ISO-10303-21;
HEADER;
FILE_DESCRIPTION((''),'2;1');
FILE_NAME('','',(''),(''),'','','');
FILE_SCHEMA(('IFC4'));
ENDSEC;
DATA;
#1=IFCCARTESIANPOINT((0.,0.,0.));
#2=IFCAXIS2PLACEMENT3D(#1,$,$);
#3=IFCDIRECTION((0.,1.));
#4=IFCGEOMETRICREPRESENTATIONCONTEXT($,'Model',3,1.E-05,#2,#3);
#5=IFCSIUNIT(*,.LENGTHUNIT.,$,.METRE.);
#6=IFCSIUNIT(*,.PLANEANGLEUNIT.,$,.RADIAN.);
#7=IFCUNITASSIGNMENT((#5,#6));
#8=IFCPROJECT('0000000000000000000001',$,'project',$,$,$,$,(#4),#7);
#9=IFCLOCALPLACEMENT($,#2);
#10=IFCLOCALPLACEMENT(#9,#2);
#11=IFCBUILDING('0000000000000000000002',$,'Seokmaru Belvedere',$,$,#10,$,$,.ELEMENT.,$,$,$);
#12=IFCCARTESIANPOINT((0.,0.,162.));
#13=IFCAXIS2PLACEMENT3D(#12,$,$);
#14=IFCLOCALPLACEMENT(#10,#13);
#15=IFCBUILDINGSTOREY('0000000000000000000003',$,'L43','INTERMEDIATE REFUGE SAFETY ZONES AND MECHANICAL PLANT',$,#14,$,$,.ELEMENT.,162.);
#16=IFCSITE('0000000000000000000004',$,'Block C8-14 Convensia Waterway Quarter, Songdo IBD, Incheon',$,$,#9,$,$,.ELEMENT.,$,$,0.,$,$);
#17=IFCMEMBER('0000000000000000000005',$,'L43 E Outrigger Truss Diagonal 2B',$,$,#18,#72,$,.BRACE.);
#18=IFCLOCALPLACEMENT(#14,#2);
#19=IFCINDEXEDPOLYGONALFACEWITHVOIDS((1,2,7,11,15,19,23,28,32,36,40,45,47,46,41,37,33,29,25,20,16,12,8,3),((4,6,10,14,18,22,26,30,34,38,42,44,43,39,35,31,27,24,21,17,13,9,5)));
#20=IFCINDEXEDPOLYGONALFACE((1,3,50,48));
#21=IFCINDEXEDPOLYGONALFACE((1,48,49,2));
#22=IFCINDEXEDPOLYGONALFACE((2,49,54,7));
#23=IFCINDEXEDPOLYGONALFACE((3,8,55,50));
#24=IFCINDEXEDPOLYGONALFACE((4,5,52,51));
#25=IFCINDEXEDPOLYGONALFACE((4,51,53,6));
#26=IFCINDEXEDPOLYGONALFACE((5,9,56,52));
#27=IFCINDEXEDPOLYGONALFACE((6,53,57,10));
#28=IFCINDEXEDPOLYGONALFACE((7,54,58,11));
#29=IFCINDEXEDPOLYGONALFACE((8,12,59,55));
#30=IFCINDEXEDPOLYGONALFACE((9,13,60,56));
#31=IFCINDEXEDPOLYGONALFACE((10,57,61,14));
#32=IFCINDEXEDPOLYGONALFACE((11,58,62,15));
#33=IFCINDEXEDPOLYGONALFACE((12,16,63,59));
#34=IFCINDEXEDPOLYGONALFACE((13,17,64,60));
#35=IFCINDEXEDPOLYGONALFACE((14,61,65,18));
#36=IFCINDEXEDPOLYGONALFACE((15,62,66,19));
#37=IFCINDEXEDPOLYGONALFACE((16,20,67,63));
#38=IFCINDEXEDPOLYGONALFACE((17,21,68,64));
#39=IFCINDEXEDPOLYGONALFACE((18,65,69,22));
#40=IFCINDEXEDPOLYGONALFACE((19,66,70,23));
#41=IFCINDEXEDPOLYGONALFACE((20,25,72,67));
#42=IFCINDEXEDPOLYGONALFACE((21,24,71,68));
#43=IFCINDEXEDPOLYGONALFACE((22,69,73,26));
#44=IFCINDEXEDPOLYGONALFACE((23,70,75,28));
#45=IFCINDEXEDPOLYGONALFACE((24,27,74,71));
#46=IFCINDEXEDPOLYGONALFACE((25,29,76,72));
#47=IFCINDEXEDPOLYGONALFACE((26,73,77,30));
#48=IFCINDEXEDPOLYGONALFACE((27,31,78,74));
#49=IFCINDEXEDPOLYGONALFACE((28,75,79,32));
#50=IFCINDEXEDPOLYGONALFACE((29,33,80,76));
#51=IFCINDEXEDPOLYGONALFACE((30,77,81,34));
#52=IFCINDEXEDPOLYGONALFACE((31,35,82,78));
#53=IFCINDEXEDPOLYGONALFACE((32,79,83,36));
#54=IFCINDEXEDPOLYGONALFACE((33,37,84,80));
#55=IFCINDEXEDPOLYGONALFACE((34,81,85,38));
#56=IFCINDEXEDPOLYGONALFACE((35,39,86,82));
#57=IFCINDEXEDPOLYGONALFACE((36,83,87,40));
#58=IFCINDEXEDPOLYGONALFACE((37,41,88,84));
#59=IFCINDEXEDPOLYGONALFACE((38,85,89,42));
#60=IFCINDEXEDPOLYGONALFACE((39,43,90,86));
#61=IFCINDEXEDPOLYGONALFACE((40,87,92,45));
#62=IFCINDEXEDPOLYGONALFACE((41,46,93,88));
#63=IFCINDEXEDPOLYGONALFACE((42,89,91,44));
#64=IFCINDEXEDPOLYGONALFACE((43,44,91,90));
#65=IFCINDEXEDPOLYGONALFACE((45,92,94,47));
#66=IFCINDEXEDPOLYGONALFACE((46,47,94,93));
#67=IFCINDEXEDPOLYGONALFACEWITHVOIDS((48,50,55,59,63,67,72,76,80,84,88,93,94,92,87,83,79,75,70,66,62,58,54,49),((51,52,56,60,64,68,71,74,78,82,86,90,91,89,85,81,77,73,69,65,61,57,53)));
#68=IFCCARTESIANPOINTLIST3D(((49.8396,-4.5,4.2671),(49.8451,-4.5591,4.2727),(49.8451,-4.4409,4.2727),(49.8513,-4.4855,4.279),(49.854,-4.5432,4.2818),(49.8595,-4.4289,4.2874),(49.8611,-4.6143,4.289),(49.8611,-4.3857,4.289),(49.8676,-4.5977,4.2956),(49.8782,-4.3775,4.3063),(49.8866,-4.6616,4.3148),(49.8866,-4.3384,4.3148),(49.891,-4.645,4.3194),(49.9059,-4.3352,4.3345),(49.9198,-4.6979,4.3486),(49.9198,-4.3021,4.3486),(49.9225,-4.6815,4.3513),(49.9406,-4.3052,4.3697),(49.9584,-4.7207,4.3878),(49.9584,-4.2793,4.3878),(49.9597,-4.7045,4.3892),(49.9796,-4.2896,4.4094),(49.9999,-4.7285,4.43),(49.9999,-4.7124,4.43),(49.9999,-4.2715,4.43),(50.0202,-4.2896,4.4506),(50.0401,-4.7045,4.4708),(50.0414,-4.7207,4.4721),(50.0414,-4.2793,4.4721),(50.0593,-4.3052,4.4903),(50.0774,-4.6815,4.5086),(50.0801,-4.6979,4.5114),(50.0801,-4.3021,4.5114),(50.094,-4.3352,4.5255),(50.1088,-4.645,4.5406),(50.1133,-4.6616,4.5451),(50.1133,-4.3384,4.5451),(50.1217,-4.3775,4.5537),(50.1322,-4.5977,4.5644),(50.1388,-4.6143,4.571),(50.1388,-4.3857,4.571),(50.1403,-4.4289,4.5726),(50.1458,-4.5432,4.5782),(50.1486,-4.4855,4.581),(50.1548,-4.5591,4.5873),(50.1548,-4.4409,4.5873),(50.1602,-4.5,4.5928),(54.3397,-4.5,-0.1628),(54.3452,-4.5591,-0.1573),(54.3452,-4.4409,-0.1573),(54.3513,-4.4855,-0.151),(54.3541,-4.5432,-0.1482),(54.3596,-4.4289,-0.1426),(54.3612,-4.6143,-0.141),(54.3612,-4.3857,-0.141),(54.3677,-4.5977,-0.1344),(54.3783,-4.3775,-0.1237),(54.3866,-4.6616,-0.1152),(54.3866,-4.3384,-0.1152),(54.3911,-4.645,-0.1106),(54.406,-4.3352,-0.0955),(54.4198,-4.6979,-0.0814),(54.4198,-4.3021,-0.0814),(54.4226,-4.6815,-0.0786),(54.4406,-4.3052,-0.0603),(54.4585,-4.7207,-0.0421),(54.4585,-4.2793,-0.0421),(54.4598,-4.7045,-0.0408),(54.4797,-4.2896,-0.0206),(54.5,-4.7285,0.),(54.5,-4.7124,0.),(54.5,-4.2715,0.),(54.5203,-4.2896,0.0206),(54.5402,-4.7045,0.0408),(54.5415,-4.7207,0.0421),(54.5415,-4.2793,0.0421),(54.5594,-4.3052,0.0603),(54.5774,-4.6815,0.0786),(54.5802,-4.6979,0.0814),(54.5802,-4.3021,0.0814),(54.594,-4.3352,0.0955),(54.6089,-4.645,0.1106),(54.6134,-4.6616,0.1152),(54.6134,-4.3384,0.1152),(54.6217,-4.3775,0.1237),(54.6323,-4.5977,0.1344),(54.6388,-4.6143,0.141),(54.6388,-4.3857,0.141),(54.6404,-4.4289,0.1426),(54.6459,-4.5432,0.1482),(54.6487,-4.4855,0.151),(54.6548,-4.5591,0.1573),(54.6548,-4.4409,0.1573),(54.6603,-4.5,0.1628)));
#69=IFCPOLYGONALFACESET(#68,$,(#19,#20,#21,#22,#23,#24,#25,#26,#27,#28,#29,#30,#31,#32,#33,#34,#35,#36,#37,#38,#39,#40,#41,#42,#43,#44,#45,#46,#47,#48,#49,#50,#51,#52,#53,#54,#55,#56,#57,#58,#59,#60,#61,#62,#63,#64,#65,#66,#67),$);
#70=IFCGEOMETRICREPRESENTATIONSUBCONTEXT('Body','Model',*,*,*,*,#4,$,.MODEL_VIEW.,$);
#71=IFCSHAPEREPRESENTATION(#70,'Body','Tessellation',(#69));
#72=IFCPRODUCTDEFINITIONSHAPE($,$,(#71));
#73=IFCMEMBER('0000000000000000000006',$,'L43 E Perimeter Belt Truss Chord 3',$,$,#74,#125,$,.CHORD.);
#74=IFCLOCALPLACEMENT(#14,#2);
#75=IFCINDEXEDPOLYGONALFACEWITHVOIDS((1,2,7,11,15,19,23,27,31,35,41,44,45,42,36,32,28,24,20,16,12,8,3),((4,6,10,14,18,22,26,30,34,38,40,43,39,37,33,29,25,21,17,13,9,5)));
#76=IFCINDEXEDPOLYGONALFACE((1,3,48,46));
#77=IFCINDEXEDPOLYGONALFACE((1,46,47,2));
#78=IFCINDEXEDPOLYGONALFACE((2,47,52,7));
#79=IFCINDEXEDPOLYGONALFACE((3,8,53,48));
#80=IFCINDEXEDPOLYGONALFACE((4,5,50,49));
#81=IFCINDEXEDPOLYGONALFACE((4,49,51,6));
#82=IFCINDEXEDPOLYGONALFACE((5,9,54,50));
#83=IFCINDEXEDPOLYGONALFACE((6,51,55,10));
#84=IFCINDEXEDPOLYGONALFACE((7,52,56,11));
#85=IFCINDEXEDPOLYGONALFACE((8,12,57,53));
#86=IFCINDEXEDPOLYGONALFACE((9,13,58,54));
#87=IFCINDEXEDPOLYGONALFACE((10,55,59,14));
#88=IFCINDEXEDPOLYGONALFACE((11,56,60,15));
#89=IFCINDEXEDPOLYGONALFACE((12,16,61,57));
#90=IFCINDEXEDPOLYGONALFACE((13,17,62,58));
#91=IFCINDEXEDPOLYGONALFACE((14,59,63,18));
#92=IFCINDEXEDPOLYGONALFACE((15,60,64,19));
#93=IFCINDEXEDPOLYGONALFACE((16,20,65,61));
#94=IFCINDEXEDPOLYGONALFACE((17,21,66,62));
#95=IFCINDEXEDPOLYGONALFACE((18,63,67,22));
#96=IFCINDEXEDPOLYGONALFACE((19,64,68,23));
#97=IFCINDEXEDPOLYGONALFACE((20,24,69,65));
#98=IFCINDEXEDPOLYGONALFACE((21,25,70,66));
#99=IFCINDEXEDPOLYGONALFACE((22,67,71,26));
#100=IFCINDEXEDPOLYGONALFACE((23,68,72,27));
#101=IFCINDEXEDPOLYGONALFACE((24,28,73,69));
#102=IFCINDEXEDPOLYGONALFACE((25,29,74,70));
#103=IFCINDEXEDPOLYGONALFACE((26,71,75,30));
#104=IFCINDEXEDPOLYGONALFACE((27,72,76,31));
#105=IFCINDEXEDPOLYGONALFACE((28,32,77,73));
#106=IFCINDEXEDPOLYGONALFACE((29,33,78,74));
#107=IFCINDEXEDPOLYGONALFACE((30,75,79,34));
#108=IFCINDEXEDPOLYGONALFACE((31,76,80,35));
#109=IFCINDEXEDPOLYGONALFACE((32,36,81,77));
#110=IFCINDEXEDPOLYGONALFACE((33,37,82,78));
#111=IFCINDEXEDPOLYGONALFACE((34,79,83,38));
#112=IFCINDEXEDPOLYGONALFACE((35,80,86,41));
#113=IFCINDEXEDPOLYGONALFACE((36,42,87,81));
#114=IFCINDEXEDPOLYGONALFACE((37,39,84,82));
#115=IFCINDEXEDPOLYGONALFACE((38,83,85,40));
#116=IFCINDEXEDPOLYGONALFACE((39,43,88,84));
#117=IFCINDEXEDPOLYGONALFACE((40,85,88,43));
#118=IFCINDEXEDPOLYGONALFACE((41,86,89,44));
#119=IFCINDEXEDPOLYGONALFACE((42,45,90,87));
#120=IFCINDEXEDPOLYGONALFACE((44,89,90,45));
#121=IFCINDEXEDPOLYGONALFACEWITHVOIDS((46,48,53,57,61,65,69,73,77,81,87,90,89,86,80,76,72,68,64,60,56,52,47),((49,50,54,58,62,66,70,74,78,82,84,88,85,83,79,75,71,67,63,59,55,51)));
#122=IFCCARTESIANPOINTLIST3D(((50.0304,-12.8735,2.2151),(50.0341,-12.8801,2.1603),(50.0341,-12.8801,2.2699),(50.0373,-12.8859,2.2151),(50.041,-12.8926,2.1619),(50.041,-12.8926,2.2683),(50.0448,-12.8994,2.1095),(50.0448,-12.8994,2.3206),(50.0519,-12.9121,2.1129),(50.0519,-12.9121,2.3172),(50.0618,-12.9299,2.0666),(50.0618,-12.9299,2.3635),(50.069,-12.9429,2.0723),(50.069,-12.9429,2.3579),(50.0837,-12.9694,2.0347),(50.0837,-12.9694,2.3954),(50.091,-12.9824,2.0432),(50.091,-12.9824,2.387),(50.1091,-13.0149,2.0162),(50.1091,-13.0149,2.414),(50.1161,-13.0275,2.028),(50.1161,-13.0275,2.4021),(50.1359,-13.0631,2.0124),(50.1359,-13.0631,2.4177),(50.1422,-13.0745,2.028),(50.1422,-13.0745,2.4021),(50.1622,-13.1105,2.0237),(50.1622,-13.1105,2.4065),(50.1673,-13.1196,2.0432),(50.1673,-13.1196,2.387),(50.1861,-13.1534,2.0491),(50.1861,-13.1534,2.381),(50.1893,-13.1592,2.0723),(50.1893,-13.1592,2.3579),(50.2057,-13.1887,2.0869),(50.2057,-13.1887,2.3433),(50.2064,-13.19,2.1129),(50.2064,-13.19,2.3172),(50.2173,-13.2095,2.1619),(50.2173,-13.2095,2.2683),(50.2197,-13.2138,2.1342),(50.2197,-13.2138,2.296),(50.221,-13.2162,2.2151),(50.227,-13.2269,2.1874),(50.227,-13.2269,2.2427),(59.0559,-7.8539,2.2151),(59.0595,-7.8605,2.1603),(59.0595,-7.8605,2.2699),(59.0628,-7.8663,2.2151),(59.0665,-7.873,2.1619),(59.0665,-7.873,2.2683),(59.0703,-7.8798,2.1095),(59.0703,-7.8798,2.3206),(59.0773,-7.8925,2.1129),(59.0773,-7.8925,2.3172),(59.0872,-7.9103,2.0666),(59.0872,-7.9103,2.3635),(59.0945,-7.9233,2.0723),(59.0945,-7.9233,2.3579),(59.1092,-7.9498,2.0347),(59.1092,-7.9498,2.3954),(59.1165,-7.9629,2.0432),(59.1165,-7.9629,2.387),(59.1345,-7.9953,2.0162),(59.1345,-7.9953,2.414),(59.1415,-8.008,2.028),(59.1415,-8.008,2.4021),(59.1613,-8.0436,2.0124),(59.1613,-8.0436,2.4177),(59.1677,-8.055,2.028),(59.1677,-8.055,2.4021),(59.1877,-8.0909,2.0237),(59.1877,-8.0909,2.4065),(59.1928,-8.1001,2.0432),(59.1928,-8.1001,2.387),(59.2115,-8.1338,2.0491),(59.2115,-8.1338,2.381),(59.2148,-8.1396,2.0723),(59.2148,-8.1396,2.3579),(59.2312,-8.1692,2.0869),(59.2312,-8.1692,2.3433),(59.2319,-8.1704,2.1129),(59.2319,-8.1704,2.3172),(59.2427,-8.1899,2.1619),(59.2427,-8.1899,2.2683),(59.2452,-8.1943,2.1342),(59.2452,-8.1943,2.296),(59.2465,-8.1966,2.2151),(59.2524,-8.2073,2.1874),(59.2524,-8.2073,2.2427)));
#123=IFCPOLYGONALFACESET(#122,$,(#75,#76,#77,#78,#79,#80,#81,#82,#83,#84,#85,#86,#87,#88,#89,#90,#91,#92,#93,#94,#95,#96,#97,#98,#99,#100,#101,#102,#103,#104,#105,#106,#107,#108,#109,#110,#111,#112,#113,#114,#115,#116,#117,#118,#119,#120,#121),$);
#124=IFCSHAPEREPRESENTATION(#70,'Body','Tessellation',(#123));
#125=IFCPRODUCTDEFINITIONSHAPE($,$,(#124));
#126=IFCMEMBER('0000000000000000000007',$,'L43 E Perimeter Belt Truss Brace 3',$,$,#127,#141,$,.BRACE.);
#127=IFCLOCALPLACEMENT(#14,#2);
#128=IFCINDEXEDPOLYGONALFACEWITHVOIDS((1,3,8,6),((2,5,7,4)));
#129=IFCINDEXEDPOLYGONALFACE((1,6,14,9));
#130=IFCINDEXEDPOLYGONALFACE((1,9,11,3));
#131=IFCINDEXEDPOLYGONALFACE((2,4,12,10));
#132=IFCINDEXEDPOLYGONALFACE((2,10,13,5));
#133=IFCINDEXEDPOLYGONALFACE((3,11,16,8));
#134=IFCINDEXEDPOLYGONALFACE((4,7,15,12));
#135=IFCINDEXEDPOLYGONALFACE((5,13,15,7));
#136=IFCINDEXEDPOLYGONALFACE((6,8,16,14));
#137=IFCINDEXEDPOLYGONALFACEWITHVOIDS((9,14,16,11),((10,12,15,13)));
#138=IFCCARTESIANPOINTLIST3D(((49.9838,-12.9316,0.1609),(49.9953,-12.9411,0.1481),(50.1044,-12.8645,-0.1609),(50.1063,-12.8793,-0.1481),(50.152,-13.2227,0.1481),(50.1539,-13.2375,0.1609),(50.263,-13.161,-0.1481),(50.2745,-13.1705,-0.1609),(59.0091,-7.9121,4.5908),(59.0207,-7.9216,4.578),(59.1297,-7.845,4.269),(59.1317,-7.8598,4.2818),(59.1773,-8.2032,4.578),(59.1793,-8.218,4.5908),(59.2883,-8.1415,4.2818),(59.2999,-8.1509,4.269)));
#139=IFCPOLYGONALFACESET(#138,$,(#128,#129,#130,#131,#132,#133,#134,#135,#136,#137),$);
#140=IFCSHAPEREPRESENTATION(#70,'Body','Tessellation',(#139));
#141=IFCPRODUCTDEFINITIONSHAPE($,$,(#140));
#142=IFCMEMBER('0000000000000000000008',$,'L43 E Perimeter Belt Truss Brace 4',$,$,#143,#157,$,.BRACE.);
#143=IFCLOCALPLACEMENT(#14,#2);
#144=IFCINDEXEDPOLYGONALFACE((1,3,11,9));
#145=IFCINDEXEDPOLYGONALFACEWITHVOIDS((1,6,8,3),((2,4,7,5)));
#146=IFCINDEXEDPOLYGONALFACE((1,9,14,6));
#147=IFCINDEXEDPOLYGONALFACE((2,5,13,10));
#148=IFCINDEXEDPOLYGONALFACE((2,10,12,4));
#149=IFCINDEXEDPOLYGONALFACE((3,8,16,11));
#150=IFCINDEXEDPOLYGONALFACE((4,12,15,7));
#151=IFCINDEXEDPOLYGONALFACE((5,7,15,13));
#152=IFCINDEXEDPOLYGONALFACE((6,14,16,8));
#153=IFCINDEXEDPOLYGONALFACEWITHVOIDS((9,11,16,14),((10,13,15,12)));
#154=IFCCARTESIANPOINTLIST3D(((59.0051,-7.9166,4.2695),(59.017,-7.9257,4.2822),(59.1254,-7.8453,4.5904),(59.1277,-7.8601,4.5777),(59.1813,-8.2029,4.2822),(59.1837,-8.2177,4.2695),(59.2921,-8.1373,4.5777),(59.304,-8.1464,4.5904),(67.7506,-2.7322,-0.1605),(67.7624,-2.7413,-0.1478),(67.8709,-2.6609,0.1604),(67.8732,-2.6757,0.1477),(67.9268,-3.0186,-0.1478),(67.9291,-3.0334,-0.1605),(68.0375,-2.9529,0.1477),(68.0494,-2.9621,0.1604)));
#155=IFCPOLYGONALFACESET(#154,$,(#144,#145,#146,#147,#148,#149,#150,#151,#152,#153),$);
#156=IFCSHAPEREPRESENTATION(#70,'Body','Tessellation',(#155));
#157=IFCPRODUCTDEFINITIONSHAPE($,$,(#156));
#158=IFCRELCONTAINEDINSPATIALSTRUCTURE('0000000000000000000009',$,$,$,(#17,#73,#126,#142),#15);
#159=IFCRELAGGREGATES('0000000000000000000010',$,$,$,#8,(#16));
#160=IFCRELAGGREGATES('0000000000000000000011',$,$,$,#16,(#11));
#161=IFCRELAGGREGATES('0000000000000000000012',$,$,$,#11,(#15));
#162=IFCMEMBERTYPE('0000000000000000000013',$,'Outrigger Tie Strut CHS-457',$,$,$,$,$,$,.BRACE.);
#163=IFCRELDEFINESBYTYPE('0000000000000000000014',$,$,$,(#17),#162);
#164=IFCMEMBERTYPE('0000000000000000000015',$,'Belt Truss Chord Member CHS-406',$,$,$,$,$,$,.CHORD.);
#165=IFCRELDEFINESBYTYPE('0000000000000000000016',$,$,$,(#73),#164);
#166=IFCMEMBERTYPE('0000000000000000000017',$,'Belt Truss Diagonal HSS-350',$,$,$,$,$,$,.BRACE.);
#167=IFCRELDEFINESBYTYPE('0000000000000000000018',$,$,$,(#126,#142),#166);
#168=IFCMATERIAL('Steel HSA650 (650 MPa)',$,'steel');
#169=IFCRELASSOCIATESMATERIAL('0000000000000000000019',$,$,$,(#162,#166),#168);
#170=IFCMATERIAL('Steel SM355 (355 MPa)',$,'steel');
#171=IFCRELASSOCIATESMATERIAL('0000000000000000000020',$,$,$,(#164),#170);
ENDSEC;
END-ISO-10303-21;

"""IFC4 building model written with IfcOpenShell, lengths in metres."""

from ifc_helpers import new_model, si_unit, direction, frame, origin, origin_2d, place, context, subcontext, project, spatial, hollow_rectangle, hollow_circle, extrude, source, transform, mapped, material, material_profile, profile_set, type_object, type_shapes, element, save


model = new_model("IFC4")

# Units and contexts
model_context = context("Model", 3, precision=1e-05, world=origin(), true_north=direction((0.0, 1.0)))
body_context = subcontext(model_context, "Body", "Model", "MODEL_VIEW")
ifc_project = project(units=[si_unit("LENGTHUNIT", "METRE"), si_unit("PLANEANGLEUNIT", "RADIAN")], contexts=[model_context])

# Site, building, storey
site_placement = place(None, origin())
site = spatial("IfcSite", under=ifc_project, at=site_placement, Name="Block C8-14 Convensia Waterway Quarter, Songdo IBD, Incheon", CompositionType="ELEMENT", RefElevation=0.0)
building_placement = place(site_placement, origin())
building = spatial("IfcBuilding", under=site, at=building_placement, Name="Seokmaru Belvedere", CompositionType="ELEMENT")
storey_placement = place(building_placement, frame((0.0, 0.0, 162.0)))
storey = spatial("IfcBuildingStorey", under=building, at=storey_placement, Name="L43", Description="INTERMEDIATE REFUGE SAFETY ZONES AND MECHANICAL PLANT", CompositionType="ELEMENT", Elevation=162.0)

# Shared definitions
ifc_material_1 = material(Name="Steel SM355 (355 MPa)", Category="steel")

# Members
ifc_material_2 = material(Name="Steel HSA650 (650 MPa)", Category="steel")
ifc_material_profile_1 = material_profile(ifc_material_2, hollow_circle(Radius=0.2285, WallThickness=0.0161, at=origin_2d()), Name="CHS-457.2x16.0")
ifc_profile_set_1 = profile_set([ifc_material_profile_1], Name="Steel HSA650 (650 MPa)")
member_type_1 = type_object("IfcMemberType", Name="Outrigger Tie Strut CHS-457", PredefinedType="BRACE", material=ifc_profile_set_1)
shared_shape_1 = source(origin(), body_context, "Body", "SweptSolid", [
    extrude(hollow_circle(Radius=0.2285, WallThickness=0.0161, at=origin_2d()), origin(), (0.0, 0.0, 1.0), 6.3147),
])
type_shapes(member_type_1, [shared_shape_1])
for number, where, z_axis, x_axis, name in (
    (1, (54.5, -4.5, 0.0), (-0.712633, 0.0, 0.701537), (0.0, -1.0, 0.0), "L43 E Outrigger Truss Diagonal 2B"),
):
    element("IfcMember", number, at=place(storey_placement, frame(where, z_axis=z_axis, x_axis=x_axis)), inside=storey, type_object=member_type_1, Name=name, PredefinedType="BRACE", context=body_context, shape_type="MappedRepresentation", body=[
        mapped(shared_shape_1, transform((0.0, 0.0, 0.0), scale=1.0)),
    ])
ifc_material_profile_2 = material_profile(ifc_material_1, hollow_circle(Radius=0.2031, WallThickness=0.0142, at=origin_2d()), Name="CHS-406.4x14.2")
ifc_profile_set_2 = profile_set([ifc_material_profile_2], Name="Steel SM355 (355 MPa)")
member_type_2 = type_object("IfcMemberType", Name="Belt Truss Chord Member CHS-406", PredefinedType="CHORD", material=ifc_profile_set_2)
shared_shape_2 = source(origin(), body_context, "Body", "SweptSolid", [
    extrude(hollow_circle(Radius=0.2031, WallThickness=0.0142, at=origin_2d()), origin(), (0.0, 0.0, 1.0), 10.3274),
])
member_1_placement = place(storey_placement, frame((50.1292, -13.051, 2.2151), z_axis=(0.873934, 0.486044, 0.0), x_axis=(-0.486044, 0.873934, 0.0)))
element("IfcMember", 2, at=member_1_placement, inside=storey, type_object=member_type_2, Name="L43 E Perimeter Belt Truss Chord 3", PredefinedType="CHORD", context=body_context, shape_type="MappedRepresentation", body=[
    mapped(shared_shape_2, transform((0.0, 0.0, 0.0), scale=1.0)),
])
ifc_material_profile_3 = material_profile(ifc_material_2, hollow_rectangle(XDim=0.3501, YDim=0.3501, WallThickness=0.0139, at=origin_2d()), Name="HSS-350x350x14")
ifc_profile_set_3 = profile_set([ifc_material_profile_3], Name="Steel HSA650 (650 MPa)")
member_type_3 = type_object("IfcMemberType", Name="Belt Truss Diagonal HSS-350", PredefinedType="BRACE", material=ifc_profile_set_3)
shared_shape_3 = source(origin(), body_context, "Body", "SweptSolid", [
    extrude(hollow_rectangle(XDim=0.3501, YDim=0.3501, WallThickness=0.0139, at=origin_2d()), origin(), (0.0, 0.0, 1.0), 11.2373),
])
member_2_placement = place(storey_placement, frame((50.1292, -13.051, 0.0), z_axis=(0.803161, 0.446683, 0.394216), x_axis=(-0.486044, 0.873934, 0.0)))
element("IfcMember", 3, at=member_2_placement, inside=storey, type_object=member_type_3, Name="L43 E Perimeter Belt Truss Brace 3", PredefinedType="BRACE", context=body_context, shape_type="MappedRepresentation", body=[
    mapped(shared_shape_3, transform((0.0, 0.0, 0.0), scale=1.0)),
])
shared_shape_4 = source(origin(), body_context, "Body", "SweptSolid", [
    extrude(hollow_rectangle(XDim=0.3501, YDim=0.3501, WallThickness=0.0139, at=origin_2d()), origin(), (0.0, 0.0, 1.0), 11.0898),
])
type_shapes(member_type_3, [shared_shape_3, shared_shape_4])
member_3_placement = place(storey_placement, frame((59.1545, -8.0315, 4.4299), z_axis=(0.788598, 0.467487, -0.399461), x_axis=(-0.50994, 0.86021, 0.0)))
element("IfcMember", 4, at=member_3_placement, inside=storey, type_object=member_type_3, Name="L43 E Perimeter Belt Truss Brace 4", PredefinedType="BRACE", context=body_context, shape_type="MappedRepresentation", body=[
    mapped(shared_shape_4, transform((0.0, 0.0, 0.0), scale=1.0)),
])

save(model, "model.ifc")
